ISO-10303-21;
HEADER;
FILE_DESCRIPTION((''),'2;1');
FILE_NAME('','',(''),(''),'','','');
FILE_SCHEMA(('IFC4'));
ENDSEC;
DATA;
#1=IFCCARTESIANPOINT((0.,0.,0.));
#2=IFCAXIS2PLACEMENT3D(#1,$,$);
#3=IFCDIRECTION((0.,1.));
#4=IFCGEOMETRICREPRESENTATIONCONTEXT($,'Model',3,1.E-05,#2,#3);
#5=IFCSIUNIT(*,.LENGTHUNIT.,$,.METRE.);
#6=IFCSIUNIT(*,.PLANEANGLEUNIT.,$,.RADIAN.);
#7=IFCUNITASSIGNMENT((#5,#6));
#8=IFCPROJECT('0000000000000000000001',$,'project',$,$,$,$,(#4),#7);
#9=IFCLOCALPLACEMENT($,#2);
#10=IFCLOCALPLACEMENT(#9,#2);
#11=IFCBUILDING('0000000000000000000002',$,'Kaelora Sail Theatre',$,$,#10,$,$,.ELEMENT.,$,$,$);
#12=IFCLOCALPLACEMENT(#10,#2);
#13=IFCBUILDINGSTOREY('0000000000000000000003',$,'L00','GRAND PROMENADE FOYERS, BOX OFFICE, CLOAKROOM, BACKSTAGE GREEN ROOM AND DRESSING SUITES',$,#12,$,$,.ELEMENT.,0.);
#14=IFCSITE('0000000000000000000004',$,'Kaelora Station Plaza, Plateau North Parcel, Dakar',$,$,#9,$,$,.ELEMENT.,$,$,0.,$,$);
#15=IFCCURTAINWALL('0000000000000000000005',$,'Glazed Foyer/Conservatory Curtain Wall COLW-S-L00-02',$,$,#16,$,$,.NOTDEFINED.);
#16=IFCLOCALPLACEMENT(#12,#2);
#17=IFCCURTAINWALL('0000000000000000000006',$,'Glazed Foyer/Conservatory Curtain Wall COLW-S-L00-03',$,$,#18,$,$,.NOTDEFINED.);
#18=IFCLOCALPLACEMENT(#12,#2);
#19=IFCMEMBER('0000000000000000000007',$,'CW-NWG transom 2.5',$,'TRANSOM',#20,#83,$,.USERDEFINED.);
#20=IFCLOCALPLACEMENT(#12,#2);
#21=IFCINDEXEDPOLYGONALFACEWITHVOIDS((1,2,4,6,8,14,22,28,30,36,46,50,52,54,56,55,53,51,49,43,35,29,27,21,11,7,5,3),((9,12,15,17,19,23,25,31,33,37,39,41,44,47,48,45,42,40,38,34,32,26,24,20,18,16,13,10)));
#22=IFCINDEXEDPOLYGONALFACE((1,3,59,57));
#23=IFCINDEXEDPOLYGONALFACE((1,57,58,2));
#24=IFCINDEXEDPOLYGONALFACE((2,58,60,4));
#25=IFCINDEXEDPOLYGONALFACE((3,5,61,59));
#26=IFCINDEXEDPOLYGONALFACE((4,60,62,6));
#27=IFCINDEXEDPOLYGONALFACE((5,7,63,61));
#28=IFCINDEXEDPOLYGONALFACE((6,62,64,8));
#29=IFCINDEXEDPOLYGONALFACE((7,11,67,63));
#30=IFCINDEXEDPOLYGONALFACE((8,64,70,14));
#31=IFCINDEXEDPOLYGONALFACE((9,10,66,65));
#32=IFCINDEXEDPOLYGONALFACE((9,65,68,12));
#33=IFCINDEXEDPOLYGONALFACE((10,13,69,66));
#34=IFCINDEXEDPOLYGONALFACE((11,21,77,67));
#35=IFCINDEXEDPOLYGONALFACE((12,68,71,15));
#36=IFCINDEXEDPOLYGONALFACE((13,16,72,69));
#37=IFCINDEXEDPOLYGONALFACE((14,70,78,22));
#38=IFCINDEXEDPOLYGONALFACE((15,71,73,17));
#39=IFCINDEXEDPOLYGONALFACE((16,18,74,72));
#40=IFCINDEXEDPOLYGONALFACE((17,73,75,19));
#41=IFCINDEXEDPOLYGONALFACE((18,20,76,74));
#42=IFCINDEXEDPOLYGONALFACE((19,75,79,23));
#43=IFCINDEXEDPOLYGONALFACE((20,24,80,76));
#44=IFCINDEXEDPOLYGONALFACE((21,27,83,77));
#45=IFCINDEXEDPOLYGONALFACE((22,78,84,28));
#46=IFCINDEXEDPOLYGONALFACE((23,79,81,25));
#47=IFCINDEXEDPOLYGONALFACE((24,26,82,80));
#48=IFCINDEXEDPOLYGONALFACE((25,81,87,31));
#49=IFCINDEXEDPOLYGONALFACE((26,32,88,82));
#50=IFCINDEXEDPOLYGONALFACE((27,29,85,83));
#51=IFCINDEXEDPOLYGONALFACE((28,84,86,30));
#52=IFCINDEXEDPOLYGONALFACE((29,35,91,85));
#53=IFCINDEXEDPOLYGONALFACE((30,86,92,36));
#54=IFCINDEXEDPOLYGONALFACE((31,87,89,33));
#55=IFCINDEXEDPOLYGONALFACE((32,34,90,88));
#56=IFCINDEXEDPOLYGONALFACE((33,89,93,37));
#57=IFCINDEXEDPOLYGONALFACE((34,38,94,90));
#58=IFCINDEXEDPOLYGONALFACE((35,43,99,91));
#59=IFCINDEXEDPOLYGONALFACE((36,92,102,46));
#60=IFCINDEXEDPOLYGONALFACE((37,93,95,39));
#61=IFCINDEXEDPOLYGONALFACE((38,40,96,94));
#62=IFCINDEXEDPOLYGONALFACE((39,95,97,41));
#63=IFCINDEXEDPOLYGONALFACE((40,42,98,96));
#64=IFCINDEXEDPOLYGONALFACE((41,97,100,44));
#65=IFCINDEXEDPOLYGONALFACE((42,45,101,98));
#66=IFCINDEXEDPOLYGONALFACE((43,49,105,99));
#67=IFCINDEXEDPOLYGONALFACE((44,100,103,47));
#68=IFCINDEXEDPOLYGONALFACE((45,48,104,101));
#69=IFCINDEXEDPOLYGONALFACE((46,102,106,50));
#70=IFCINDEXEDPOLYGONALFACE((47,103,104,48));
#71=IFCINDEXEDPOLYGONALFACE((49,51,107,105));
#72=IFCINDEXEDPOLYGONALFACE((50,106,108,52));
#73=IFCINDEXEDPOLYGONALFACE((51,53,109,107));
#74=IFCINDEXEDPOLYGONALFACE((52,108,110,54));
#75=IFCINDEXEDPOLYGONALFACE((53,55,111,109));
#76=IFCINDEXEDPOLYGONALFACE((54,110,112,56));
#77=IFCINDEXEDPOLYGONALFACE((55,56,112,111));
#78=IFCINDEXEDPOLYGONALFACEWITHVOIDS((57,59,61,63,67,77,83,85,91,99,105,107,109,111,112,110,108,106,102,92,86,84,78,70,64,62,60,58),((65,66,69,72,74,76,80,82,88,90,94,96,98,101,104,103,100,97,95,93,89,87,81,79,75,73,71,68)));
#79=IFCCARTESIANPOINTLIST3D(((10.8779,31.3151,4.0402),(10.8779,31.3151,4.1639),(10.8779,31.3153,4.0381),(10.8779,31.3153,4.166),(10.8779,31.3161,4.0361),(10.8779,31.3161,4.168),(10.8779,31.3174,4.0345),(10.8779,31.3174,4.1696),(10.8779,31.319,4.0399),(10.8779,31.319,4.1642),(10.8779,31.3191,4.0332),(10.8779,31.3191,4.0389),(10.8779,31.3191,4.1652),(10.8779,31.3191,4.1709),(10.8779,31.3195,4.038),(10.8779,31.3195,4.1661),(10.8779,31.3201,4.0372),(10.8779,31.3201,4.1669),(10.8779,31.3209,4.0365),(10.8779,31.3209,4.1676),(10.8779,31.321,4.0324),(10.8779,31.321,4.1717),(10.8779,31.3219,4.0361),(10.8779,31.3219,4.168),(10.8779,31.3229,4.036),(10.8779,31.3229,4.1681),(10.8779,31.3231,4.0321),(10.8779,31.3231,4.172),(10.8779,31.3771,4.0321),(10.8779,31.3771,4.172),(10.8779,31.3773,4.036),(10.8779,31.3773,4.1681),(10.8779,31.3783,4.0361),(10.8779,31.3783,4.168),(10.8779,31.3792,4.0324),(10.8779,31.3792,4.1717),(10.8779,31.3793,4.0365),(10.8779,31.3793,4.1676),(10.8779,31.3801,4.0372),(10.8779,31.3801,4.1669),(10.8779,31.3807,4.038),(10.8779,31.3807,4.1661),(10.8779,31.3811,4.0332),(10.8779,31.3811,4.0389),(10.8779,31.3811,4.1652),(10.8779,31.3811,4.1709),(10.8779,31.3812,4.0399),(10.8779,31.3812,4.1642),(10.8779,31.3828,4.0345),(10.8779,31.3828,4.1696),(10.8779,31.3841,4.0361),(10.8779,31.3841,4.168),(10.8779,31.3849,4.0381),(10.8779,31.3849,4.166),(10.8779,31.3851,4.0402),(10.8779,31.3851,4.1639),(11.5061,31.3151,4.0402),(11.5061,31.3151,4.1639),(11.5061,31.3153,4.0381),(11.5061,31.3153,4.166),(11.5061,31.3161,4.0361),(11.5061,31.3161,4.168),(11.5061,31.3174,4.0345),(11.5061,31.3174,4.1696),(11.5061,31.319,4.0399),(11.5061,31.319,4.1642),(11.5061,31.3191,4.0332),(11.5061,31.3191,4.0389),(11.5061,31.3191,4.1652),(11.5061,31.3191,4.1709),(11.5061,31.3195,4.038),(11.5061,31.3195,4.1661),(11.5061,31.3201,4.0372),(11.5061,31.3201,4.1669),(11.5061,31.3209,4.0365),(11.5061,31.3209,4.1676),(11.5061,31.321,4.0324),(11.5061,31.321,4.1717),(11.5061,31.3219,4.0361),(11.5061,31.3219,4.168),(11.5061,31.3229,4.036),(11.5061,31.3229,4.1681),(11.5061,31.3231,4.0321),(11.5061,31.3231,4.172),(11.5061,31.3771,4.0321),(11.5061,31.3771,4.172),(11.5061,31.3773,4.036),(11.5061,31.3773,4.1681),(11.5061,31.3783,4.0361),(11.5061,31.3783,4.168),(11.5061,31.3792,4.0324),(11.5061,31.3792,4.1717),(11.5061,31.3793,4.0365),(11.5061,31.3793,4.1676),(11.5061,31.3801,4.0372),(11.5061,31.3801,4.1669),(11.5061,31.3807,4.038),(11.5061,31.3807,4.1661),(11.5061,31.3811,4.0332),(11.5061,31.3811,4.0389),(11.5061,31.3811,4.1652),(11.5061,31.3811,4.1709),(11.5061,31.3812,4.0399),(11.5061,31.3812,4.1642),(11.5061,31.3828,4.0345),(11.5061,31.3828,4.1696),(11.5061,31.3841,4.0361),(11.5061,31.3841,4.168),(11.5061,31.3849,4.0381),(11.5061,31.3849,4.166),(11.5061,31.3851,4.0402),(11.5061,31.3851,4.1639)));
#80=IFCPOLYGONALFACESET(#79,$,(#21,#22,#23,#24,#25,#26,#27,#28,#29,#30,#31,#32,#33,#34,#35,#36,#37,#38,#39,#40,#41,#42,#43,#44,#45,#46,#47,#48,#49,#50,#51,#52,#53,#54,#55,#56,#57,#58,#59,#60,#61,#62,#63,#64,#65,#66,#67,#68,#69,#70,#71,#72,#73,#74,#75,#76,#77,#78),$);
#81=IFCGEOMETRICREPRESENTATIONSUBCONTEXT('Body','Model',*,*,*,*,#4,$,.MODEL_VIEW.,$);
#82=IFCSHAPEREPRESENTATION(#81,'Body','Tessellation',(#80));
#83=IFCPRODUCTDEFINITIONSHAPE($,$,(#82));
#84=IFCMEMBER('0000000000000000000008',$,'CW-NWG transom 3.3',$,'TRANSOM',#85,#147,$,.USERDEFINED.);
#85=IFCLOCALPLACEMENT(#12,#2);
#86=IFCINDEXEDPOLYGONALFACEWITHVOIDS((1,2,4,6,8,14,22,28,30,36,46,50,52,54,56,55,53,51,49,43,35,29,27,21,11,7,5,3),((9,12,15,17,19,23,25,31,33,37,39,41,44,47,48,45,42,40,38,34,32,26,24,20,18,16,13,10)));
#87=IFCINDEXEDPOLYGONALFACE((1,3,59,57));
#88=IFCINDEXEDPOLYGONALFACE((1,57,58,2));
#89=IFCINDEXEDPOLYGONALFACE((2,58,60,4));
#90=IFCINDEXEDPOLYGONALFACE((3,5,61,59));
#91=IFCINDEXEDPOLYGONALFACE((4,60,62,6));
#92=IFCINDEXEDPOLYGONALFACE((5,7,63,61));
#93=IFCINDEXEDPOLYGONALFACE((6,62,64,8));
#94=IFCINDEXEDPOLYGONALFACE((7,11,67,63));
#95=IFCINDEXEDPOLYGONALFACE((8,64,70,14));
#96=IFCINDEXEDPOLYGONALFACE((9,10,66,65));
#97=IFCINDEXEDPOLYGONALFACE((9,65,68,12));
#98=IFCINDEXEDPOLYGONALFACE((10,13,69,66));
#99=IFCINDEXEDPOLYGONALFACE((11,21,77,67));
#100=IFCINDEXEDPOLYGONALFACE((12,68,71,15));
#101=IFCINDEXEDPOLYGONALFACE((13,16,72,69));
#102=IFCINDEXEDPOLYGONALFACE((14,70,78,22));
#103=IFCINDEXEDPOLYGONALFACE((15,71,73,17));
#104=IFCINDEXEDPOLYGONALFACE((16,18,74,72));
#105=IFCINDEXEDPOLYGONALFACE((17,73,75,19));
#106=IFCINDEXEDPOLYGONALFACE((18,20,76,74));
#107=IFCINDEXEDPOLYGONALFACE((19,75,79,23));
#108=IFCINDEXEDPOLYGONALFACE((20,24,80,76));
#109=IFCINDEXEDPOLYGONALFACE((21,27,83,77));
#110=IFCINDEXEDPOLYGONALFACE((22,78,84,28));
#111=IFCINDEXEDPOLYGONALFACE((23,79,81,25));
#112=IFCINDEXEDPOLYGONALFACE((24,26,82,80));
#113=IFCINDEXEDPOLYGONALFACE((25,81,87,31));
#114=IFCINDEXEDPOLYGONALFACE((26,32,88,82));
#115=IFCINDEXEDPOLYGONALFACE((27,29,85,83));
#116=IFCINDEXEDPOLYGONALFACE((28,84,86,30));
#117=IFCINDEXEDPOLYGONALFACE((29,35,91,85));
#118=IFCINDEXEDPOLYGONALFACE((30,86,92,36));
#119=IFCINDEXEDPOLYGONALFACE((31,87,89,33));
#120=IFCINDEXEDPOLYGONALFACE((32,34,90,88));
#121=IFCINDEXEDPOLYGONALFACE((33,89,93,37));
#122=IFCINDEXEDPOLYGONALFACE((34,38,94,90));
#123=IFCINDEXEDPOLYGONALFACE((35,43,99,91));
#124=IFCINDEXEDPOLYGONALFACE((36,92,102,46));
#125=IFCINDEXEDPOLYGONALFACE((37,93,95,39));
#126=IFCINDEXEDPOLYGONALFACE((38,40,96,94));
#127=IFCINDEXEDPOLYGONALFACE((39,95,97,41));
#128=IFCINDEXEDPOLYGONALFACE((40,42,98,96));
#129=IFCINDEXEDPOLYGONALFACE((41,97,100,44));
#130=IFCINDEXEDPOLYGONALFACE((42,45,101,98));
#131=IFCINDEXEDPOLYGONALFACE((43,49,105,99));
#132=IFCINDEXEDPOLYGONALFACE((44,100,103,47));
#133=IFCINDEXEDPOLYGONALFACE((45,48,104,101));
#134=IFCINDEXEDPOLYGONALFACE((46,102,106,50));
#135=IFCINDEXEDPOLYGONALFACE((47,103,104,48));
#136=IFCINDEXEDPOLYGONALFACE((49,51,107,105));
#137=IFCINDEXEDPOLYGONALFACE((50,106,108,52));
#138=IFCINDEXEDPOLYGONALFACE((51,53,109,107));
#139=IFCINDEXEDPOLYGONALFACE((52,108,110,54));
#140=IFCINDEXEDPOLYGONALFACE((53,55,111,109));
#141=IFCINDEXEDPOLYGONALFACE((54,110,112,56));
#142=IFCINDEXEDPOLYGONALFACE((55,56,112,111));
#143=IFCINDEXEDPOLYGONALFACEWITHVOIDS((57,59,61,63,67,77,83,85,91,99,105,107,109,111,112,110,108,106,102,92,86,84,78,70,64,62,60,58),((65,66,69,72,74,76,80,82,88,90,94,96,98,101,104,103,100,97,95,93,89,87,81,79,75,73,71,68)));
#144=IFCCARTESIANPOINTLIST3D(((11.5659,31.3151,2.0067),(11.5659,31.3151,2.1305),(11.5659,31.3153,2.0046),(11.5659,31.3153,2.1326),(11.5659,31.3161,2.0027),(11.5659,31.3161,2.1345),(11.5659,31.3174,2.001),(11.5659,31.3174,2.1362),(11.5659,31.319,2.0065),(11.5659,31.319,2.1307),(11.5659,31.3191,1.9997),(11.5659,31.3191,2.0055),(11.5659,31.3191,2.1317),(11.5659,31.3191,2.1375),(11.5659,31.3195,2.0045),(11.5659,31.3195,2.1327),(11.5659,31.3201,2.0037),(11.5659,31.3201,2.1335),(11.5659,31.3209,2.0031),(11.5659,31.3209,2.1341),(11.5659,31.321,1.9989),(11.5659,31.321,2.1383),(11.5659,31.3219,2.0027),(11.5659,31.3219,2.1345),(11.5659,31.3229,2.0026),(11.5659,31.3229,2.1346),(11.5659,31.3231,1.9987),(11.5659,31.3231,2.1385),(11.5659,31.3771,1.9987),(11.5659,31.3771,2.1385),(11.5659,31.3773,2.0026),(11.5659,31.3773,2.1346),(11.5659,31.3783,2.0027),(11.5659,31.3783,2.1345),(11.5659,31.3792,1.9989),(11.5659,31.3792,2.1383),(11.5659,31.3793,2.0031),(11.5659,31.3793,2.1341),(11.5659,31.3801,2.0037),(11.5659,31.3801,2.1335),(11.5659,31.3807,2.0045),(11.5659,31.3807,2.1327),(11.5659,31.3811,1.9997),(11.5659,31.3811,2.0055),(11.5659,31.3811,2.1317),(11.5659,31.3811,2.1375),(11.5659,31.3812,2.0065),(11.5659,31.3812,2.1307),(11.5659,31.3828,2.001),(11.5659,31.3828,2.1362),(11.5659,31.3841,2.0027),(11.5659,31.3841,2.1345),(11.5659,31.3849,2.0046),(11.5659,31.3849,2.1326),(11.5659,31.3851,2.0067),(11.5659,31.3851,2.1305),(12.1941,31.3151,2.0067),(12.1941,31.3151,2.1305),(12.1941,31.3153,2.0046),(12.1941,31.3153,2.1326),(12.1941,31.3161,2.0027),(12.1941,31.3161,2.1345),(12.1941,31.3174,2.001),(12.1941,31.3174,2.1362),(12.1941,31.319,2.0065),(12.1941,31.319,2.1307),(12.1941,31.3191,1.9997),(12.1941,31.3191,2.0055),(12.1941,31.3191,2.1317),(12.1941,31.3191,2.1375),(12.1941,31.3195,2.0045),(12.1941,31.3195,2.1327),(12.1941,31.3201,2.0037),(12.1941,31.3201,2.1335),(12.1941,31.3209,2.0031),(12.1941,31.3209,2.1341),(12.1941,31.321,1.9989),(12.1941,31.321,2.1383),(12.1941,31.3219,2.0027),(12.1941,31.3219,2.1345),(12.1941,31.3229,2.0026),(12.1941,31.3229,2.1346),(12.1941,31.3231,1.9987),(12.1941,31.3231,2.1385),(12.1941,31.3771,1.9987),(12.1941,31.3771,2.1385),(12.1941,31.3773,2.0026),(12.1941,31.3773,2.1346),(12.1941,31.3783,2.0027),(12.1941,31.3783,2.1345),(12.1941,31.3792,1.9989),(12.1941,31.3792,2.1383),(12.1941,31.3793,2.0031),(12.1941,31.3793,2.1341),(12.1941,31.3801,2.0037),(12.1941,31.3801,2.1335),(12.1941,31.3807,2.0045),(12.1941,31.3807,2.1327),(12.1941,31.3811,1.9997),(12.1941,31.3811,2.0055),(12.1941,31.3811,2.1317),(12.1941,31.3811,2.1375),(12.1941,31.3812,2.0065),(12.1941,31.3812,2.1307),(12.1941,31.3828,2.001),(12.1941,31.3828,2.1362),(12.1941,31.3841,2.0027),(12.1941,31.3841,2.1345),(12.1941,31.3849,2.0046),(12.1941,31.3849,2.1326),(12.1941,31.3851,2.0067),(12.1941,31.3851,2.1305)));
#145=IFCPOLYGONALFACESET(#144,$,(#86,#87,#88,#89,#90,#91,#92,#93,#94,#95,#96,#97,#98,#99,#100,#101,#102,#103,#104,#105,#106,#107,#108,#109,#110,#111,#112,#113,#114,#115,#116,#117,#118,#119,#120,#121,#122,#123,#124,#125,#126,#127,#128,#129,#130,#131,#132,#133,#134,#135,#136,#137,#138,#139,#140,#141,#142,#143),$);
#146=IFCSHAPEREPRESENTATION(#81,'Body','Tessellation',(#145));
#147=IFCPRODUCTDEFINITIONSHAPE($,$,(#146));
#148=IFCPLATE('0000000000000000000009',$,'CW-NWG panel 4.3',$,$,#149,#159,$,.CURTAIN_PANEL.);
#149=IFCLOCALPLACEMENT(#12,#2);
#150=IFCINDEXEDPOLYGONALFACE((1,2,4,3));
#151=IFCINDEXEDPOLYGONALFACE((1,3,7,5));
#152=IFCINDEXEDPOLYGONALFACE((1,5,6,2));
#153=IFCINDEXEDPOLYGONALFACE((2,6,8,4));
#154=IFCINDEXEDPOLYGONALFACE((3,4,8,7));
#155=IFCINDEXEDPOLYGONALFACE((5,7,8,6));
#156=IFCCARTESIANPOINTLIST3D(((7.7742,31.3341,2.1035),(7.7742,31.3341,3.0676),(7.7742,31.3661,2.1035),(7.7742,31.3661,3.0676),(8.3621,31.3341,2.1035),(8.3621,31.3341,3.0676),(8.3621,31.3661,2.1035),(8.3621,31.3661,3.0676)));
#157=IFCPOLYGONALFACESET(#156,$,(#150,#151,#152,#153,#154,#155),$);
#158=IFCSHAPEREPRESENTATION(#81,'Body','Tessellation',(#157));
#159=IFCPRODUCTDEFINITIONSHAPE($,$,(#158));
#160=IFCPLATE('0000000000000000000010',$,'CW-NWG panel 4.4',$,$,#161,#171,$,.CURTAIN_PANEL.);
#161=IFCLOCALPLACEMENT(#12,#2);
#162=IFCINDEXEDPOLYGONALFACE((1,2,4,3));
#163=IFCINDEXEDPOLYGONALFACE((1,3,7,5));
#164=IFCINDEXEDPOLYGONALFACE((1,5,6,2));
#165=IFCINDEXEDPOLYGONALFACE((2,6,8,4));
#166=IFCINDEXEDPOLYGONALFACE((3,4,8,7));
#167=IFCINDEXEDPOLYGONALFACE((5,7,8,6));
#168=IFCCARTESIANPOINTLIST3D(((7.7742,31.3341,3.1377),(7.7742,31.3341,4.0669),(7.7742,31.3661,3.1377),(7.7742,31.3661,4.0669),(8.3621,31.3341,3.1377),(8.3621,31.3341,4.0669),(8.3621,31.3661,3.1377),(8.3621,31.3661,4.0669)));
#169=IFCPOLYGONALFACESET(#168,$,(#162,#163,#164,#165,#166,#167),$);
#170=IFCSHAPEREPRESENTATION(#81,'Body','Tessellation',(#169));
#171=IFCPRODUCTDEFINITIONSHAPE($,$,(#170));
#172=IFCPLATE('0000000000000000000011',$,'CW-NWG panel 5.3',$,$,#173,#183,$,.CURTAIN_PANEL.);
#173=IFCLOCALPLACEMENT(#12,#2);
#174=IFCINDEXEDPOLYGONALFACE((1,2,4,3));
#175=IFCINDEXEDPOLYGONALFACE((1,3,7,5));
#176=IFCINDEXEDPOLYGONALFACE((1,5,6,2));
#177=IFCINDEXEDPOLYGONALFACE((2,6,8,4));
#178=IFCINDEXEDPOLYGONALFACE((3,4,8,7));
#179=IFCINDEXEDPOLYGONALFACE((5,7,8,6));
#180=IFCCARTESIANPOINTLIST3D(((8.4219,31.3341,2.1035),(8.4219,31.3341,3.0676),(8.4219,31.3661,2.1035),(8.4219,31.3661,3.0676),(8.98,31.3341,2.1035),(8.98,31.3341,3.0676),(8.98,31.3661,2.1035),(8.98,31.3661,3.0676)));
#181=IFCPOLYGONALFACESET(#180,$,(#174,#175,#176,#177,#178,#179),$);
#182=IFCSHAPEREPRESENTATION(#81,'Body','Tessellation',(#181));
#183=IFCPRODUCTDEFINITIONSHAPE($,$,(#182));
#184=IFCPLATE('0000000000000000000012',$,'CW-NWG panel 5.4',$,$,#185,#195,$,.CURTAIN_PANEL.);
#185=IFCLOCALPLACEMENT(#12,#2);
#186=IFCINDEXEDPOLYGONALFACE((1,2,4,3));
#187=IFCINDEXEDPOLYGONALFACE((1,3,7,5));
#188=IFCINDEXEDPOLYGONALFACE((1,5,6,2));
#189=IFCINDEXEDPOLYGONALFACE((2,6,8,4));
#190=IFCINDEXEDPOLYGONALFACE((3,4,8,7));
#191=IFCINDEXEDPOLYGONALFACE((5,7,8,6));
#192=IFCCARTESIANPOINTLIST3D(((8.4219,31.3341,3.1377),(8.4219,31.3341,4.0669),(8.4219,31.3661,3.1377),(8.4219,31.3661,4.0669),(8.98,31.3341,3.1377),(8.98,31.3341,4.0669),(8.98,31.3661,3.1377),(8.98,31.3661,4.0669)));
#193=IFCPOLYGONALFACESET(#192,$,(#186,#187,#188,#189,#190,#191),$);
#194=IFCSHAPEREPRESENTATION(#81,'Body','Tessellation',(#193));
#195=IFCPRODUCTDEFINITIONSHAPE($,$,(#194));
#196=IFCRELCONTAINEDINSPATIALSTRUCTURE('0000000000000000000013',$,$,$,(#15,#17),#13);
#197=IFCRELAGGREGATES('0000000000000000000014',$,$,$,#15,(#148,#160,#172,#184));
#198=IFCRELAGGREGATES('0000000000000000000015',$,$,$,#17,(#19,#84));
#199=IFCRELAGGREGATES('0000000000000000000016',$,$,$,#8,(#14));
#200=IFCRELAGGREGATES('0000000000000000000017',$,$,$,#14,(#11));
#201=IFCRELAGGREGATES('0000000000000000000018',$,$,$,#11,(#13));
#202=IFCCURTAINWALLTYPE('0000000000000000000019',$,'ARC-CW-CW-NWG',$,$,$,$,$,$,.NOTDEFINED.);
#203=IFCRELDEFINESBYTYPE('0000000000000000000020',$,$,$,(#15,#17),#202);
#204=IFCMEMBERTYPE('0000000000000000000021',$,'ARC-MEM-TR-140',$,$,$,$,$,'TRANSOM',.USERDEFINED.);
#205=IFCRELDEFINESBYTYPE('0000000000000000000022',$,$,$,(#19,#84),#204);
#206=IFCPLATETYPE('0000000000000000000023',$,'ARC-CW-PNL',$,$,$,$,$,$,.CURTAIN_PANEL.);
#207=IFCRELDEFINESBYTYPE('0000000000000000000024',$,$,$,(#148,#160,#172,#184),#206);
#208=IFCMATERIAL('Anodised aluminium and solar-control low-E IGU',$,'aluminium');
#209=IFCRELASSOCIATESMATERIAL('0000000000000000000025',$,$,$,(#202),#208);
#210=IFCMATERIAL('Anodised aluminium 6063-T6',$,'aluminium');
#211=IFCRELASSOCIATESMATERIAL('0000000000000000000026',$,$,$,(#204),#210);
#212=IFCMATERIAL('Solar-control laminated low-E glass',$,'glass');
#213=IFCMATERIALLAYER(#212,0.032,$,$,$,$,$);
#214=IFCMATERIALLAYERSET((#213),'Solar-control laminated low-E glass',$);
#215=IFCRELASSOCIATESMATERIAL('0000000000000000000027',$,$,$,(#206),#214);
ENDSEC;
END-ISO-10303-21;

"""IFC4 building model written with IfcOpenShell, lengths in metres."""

from ifc_helpers import new_model, si_unit, direction, frame, origin, origin_2d, place, context, subcontext, project, spatial, rectangle, hollow_rectangle, extrude, material, layer, layer_set, material_profile, profile_set, type_object, element, aggregate, save


model = new_model("IFC4")

# Units and contexts
model_context = context("Model", 3, precision=1e-05, world=origin(), true_north=direction((0.0, 1.0)))
body_context = subcontext(model_context, "Body", "Model", "MODEL_VIEW")
ifc_project = project(units=[si_unit("LENGTHUNIT", "METRE"), si_unit("PLANEANGLEUNIT", "RADIAN")], contexts=[model_context])

# Site, building, storey
site_placement = place(None, origin())
site = spatial("IfcSite", under=ifc_project, at=site_placement, Name="Kaelora Station Plaza, Plateau North Parcel, Dakar", CompositionType="ELEMENT", RefElevation=0.0)
building_placement = place(site_placement, origin())
building = spatial("IfcBuilding", under=site, at=building_placement, Name="Kaelora Sail Theatre", CompositionType="ELEMENT")
storey_placement = place(building_placement, origin())
storey = spatial("IfcBuildingStorey", under=building, at=storey_placement, Name="L00", Description="GRAND PROMENADE FOYERS, BOX OFFICE, CLOAKROOM, BACKSTAGE GREEN ROOM AND DRESSING SUITES", CompositionType="ELEMENT", Elevation=0.0)

# Curtain walls, members
ifc_material_1 = material(Name="Anodised aluminium and solar-control low-E IGU", Category="aluminium")
curtain_wall_type = type_object("IfcCurtainWallType", Name="ARC-CW-CW-NWG", PredefinedType="NOTDEFINED", material=ifc_material_1)
curtain_wall_1_placement = place(storey_placement, origin())
curtain_wall_1 = element("IfcCurtainWall", 1, at=curtain_wall_1_placement, inside=storey, type_object=curtain_wall_type, Name="Glazed Foyer/Conservatory Curtain Wall COLW-S-L00-02", PredefinedType="NOTDEFINED")
ifc_material_2 = material(Name="Anodised aluminium 6063-T6", Category="aluminium")
ifc_material_profile = material_profile(ifc_material_2, hollow_rectangle(XDim=0.0701, YDim=0.1399, WallThickness=0.0039, InnerFilletRadius=0.0039, OuterFilletRadius=0.0081, at=origin_2d()), Name="ALU-TRAN 70x140x4")
ifc_profile_set = profile_set([ifc_material_profile], Name="Anodised aluminium 6063-T6")
member_type = type_object("IfcMemberType", Name="ARC-MEM-TR-140", ElementType="TRANSOM", PredefinedType="USERDEFINED", material=ifc_profile_set)
curtain_wall_2_placement = place(storey_placement, origin())
curtain_wall_2 = element("IfcCurtainWall", 2, at=curtain_wall_2_placement, inside=storey, type_object=curtain_wall_type, Name="Glazed Foyer/Conservatory Curtain Wall COLW-S-L00-03", PredefinedType="NOTDEFINED")
member_1_placement = place(storey_placement, frame((10.8779, 31.3501, 4.1021), z_axis=(1.0, 0.0, 0.0), x_axis=(0.0, 1.0, 0.0)))
member_1 = element("IfcMember", 3, at=member_1_placement, type_object=member_type, Name="CW-NWG transom 2.5", ObjectType="TRANSOM", PredefinedType="USERDEFINED", context=body_context, shape_type="SweptSolid", body=[
    extrude(hollow_rectangle(XDim=0.0701, YDim=0.1399, WallThickness=0.0039, InnerFilletRadius=0.0039, OuterFilletRadius=0.0081, at=origin_2d()), origin(), (0.0, 0.0, 1.0), 0.6282),
])
member_2_placement = place(storey_placement, frame((11.5659, 31.3501, 2.0686), z_axis=(1.0, 0.0, 0.0), x_axis=(0.0, 1.0, 0.0)))
member_2 = element("IfcMember", 4, at=member_2_placement, type_object=member_type, Name="CW-NWG transom 3.3", ObjectType="TRANSOM", PredefinedType="USERDEFINED", context=body_context, shape_type="SweptSolid", body=[
    extrude(hollow_rectangle(XDim=0.0701, YDim=0.1399, WallThickness=0.0039, InnerFilletRadius=0.0039, OuterFilletRadius=0.0081, at=origin_2d()), origin(), (0.0, 0.0, 1.0), 0.6282),
])

# Plates
ifc_material_3 = material(Name="Solar-control laminated low-E glass", Category="glass")
ifc_layer = layer(ifc_material_3, 0.032)
ifc_layer_set = layer_set([ifc_layer], Name="Solar-control laminated low-E glass")
plate_type = type_object("IfcPlateType", Name="ARC-CW-PNL", PredefinedType="CURTAIN_PANEL", material=ifc_layer_set)
plate_1_placement = place(storey_placement, frame((8.0681, 31.3501, 2.1035), z_axis=(0.0, 0.0, 1.0), x_axis=(1.0, 0.0, 0.0)))
plate_1 = element("IfcPlate", 5, at=plate_1_placement, type_object=plate_type, Name="CW-NWG panel 4.3", PredefinedType="CURTAIN_PANEL", context=body_context, shape_type="SweptSolid", body=[
    extrude(rectangle(XDim=0.5879, YDim=0.032, at=origin_2d()), origin(), (0.0, 0.0, 1.0), 0.9641),
])
plate_2_placement = place(storey_placement, frame((8.0681, 31.3501, 3.1377), z_axis=(0.0, 0.0, 1.0), x_axis=(1.0, 0.0, 0.0)))
plate_2 = element("IfcPlate", 6, at=plate_2_placement, type_object=plate_type, Name="CW-NWG panel 4.4", PredefinedType="CURTAIN_PANEL", context=body_context, shape_type="SweptSolid", body=[
    extrude(rectangle(XDim=0.5879, YDim=0.032, at=origin_2d()), origin(), (0.0, 0.0, 1.0), 0.9292),
])
plate_3_placement = place(storey_placement, frame((8.7009, 31.3501, 2.1035), z_axis=(0.0, 0.0, 1.0), x_axis=(1.0, 0.0, 0.0)))
plate_3 = element("IfcPlate", 7, at=plate_3_placement, type_object=plate_type, Name="CW-NWG panel 5.3", PredefinedType="CURTAIN_PANEL", context=body_context, shape_type="SweptSolid", body=[
    extrude(rectangle(XDim=0.5581, YDim=0.032, at=origin_2d()), origin(), (0.0, 0.0, 1.0), 0.9641),
])
plate_4_placement = place(storey_placement, frame((8.7009, 31.3501, 3.1377), z_axis=(0.0, 0.0, 1.0), x_axis=(1.0, 0.0, 0.0)))
plate_4 = element("IfcPlate", 8, at=plate_4_placement, type_object=plate_type, Name="CW-NWG panel 5.4", PredefinedType="CURTAIN_PANEL", context=body_context, shape_type="SweptSolid", body=[
    extrude(rectangle(XDim=0.5581, YDim=0.032, at=origin_2d()), origin(), (0.0, 0.0, 1.0), 0.9292),
])
aggregate(curtain_wall_1, [plate_1, plate_2, plate_3, plate_4])
aggregate(curtain_wall_2, [member_1, member_2])

save(model, "model.ifc")
